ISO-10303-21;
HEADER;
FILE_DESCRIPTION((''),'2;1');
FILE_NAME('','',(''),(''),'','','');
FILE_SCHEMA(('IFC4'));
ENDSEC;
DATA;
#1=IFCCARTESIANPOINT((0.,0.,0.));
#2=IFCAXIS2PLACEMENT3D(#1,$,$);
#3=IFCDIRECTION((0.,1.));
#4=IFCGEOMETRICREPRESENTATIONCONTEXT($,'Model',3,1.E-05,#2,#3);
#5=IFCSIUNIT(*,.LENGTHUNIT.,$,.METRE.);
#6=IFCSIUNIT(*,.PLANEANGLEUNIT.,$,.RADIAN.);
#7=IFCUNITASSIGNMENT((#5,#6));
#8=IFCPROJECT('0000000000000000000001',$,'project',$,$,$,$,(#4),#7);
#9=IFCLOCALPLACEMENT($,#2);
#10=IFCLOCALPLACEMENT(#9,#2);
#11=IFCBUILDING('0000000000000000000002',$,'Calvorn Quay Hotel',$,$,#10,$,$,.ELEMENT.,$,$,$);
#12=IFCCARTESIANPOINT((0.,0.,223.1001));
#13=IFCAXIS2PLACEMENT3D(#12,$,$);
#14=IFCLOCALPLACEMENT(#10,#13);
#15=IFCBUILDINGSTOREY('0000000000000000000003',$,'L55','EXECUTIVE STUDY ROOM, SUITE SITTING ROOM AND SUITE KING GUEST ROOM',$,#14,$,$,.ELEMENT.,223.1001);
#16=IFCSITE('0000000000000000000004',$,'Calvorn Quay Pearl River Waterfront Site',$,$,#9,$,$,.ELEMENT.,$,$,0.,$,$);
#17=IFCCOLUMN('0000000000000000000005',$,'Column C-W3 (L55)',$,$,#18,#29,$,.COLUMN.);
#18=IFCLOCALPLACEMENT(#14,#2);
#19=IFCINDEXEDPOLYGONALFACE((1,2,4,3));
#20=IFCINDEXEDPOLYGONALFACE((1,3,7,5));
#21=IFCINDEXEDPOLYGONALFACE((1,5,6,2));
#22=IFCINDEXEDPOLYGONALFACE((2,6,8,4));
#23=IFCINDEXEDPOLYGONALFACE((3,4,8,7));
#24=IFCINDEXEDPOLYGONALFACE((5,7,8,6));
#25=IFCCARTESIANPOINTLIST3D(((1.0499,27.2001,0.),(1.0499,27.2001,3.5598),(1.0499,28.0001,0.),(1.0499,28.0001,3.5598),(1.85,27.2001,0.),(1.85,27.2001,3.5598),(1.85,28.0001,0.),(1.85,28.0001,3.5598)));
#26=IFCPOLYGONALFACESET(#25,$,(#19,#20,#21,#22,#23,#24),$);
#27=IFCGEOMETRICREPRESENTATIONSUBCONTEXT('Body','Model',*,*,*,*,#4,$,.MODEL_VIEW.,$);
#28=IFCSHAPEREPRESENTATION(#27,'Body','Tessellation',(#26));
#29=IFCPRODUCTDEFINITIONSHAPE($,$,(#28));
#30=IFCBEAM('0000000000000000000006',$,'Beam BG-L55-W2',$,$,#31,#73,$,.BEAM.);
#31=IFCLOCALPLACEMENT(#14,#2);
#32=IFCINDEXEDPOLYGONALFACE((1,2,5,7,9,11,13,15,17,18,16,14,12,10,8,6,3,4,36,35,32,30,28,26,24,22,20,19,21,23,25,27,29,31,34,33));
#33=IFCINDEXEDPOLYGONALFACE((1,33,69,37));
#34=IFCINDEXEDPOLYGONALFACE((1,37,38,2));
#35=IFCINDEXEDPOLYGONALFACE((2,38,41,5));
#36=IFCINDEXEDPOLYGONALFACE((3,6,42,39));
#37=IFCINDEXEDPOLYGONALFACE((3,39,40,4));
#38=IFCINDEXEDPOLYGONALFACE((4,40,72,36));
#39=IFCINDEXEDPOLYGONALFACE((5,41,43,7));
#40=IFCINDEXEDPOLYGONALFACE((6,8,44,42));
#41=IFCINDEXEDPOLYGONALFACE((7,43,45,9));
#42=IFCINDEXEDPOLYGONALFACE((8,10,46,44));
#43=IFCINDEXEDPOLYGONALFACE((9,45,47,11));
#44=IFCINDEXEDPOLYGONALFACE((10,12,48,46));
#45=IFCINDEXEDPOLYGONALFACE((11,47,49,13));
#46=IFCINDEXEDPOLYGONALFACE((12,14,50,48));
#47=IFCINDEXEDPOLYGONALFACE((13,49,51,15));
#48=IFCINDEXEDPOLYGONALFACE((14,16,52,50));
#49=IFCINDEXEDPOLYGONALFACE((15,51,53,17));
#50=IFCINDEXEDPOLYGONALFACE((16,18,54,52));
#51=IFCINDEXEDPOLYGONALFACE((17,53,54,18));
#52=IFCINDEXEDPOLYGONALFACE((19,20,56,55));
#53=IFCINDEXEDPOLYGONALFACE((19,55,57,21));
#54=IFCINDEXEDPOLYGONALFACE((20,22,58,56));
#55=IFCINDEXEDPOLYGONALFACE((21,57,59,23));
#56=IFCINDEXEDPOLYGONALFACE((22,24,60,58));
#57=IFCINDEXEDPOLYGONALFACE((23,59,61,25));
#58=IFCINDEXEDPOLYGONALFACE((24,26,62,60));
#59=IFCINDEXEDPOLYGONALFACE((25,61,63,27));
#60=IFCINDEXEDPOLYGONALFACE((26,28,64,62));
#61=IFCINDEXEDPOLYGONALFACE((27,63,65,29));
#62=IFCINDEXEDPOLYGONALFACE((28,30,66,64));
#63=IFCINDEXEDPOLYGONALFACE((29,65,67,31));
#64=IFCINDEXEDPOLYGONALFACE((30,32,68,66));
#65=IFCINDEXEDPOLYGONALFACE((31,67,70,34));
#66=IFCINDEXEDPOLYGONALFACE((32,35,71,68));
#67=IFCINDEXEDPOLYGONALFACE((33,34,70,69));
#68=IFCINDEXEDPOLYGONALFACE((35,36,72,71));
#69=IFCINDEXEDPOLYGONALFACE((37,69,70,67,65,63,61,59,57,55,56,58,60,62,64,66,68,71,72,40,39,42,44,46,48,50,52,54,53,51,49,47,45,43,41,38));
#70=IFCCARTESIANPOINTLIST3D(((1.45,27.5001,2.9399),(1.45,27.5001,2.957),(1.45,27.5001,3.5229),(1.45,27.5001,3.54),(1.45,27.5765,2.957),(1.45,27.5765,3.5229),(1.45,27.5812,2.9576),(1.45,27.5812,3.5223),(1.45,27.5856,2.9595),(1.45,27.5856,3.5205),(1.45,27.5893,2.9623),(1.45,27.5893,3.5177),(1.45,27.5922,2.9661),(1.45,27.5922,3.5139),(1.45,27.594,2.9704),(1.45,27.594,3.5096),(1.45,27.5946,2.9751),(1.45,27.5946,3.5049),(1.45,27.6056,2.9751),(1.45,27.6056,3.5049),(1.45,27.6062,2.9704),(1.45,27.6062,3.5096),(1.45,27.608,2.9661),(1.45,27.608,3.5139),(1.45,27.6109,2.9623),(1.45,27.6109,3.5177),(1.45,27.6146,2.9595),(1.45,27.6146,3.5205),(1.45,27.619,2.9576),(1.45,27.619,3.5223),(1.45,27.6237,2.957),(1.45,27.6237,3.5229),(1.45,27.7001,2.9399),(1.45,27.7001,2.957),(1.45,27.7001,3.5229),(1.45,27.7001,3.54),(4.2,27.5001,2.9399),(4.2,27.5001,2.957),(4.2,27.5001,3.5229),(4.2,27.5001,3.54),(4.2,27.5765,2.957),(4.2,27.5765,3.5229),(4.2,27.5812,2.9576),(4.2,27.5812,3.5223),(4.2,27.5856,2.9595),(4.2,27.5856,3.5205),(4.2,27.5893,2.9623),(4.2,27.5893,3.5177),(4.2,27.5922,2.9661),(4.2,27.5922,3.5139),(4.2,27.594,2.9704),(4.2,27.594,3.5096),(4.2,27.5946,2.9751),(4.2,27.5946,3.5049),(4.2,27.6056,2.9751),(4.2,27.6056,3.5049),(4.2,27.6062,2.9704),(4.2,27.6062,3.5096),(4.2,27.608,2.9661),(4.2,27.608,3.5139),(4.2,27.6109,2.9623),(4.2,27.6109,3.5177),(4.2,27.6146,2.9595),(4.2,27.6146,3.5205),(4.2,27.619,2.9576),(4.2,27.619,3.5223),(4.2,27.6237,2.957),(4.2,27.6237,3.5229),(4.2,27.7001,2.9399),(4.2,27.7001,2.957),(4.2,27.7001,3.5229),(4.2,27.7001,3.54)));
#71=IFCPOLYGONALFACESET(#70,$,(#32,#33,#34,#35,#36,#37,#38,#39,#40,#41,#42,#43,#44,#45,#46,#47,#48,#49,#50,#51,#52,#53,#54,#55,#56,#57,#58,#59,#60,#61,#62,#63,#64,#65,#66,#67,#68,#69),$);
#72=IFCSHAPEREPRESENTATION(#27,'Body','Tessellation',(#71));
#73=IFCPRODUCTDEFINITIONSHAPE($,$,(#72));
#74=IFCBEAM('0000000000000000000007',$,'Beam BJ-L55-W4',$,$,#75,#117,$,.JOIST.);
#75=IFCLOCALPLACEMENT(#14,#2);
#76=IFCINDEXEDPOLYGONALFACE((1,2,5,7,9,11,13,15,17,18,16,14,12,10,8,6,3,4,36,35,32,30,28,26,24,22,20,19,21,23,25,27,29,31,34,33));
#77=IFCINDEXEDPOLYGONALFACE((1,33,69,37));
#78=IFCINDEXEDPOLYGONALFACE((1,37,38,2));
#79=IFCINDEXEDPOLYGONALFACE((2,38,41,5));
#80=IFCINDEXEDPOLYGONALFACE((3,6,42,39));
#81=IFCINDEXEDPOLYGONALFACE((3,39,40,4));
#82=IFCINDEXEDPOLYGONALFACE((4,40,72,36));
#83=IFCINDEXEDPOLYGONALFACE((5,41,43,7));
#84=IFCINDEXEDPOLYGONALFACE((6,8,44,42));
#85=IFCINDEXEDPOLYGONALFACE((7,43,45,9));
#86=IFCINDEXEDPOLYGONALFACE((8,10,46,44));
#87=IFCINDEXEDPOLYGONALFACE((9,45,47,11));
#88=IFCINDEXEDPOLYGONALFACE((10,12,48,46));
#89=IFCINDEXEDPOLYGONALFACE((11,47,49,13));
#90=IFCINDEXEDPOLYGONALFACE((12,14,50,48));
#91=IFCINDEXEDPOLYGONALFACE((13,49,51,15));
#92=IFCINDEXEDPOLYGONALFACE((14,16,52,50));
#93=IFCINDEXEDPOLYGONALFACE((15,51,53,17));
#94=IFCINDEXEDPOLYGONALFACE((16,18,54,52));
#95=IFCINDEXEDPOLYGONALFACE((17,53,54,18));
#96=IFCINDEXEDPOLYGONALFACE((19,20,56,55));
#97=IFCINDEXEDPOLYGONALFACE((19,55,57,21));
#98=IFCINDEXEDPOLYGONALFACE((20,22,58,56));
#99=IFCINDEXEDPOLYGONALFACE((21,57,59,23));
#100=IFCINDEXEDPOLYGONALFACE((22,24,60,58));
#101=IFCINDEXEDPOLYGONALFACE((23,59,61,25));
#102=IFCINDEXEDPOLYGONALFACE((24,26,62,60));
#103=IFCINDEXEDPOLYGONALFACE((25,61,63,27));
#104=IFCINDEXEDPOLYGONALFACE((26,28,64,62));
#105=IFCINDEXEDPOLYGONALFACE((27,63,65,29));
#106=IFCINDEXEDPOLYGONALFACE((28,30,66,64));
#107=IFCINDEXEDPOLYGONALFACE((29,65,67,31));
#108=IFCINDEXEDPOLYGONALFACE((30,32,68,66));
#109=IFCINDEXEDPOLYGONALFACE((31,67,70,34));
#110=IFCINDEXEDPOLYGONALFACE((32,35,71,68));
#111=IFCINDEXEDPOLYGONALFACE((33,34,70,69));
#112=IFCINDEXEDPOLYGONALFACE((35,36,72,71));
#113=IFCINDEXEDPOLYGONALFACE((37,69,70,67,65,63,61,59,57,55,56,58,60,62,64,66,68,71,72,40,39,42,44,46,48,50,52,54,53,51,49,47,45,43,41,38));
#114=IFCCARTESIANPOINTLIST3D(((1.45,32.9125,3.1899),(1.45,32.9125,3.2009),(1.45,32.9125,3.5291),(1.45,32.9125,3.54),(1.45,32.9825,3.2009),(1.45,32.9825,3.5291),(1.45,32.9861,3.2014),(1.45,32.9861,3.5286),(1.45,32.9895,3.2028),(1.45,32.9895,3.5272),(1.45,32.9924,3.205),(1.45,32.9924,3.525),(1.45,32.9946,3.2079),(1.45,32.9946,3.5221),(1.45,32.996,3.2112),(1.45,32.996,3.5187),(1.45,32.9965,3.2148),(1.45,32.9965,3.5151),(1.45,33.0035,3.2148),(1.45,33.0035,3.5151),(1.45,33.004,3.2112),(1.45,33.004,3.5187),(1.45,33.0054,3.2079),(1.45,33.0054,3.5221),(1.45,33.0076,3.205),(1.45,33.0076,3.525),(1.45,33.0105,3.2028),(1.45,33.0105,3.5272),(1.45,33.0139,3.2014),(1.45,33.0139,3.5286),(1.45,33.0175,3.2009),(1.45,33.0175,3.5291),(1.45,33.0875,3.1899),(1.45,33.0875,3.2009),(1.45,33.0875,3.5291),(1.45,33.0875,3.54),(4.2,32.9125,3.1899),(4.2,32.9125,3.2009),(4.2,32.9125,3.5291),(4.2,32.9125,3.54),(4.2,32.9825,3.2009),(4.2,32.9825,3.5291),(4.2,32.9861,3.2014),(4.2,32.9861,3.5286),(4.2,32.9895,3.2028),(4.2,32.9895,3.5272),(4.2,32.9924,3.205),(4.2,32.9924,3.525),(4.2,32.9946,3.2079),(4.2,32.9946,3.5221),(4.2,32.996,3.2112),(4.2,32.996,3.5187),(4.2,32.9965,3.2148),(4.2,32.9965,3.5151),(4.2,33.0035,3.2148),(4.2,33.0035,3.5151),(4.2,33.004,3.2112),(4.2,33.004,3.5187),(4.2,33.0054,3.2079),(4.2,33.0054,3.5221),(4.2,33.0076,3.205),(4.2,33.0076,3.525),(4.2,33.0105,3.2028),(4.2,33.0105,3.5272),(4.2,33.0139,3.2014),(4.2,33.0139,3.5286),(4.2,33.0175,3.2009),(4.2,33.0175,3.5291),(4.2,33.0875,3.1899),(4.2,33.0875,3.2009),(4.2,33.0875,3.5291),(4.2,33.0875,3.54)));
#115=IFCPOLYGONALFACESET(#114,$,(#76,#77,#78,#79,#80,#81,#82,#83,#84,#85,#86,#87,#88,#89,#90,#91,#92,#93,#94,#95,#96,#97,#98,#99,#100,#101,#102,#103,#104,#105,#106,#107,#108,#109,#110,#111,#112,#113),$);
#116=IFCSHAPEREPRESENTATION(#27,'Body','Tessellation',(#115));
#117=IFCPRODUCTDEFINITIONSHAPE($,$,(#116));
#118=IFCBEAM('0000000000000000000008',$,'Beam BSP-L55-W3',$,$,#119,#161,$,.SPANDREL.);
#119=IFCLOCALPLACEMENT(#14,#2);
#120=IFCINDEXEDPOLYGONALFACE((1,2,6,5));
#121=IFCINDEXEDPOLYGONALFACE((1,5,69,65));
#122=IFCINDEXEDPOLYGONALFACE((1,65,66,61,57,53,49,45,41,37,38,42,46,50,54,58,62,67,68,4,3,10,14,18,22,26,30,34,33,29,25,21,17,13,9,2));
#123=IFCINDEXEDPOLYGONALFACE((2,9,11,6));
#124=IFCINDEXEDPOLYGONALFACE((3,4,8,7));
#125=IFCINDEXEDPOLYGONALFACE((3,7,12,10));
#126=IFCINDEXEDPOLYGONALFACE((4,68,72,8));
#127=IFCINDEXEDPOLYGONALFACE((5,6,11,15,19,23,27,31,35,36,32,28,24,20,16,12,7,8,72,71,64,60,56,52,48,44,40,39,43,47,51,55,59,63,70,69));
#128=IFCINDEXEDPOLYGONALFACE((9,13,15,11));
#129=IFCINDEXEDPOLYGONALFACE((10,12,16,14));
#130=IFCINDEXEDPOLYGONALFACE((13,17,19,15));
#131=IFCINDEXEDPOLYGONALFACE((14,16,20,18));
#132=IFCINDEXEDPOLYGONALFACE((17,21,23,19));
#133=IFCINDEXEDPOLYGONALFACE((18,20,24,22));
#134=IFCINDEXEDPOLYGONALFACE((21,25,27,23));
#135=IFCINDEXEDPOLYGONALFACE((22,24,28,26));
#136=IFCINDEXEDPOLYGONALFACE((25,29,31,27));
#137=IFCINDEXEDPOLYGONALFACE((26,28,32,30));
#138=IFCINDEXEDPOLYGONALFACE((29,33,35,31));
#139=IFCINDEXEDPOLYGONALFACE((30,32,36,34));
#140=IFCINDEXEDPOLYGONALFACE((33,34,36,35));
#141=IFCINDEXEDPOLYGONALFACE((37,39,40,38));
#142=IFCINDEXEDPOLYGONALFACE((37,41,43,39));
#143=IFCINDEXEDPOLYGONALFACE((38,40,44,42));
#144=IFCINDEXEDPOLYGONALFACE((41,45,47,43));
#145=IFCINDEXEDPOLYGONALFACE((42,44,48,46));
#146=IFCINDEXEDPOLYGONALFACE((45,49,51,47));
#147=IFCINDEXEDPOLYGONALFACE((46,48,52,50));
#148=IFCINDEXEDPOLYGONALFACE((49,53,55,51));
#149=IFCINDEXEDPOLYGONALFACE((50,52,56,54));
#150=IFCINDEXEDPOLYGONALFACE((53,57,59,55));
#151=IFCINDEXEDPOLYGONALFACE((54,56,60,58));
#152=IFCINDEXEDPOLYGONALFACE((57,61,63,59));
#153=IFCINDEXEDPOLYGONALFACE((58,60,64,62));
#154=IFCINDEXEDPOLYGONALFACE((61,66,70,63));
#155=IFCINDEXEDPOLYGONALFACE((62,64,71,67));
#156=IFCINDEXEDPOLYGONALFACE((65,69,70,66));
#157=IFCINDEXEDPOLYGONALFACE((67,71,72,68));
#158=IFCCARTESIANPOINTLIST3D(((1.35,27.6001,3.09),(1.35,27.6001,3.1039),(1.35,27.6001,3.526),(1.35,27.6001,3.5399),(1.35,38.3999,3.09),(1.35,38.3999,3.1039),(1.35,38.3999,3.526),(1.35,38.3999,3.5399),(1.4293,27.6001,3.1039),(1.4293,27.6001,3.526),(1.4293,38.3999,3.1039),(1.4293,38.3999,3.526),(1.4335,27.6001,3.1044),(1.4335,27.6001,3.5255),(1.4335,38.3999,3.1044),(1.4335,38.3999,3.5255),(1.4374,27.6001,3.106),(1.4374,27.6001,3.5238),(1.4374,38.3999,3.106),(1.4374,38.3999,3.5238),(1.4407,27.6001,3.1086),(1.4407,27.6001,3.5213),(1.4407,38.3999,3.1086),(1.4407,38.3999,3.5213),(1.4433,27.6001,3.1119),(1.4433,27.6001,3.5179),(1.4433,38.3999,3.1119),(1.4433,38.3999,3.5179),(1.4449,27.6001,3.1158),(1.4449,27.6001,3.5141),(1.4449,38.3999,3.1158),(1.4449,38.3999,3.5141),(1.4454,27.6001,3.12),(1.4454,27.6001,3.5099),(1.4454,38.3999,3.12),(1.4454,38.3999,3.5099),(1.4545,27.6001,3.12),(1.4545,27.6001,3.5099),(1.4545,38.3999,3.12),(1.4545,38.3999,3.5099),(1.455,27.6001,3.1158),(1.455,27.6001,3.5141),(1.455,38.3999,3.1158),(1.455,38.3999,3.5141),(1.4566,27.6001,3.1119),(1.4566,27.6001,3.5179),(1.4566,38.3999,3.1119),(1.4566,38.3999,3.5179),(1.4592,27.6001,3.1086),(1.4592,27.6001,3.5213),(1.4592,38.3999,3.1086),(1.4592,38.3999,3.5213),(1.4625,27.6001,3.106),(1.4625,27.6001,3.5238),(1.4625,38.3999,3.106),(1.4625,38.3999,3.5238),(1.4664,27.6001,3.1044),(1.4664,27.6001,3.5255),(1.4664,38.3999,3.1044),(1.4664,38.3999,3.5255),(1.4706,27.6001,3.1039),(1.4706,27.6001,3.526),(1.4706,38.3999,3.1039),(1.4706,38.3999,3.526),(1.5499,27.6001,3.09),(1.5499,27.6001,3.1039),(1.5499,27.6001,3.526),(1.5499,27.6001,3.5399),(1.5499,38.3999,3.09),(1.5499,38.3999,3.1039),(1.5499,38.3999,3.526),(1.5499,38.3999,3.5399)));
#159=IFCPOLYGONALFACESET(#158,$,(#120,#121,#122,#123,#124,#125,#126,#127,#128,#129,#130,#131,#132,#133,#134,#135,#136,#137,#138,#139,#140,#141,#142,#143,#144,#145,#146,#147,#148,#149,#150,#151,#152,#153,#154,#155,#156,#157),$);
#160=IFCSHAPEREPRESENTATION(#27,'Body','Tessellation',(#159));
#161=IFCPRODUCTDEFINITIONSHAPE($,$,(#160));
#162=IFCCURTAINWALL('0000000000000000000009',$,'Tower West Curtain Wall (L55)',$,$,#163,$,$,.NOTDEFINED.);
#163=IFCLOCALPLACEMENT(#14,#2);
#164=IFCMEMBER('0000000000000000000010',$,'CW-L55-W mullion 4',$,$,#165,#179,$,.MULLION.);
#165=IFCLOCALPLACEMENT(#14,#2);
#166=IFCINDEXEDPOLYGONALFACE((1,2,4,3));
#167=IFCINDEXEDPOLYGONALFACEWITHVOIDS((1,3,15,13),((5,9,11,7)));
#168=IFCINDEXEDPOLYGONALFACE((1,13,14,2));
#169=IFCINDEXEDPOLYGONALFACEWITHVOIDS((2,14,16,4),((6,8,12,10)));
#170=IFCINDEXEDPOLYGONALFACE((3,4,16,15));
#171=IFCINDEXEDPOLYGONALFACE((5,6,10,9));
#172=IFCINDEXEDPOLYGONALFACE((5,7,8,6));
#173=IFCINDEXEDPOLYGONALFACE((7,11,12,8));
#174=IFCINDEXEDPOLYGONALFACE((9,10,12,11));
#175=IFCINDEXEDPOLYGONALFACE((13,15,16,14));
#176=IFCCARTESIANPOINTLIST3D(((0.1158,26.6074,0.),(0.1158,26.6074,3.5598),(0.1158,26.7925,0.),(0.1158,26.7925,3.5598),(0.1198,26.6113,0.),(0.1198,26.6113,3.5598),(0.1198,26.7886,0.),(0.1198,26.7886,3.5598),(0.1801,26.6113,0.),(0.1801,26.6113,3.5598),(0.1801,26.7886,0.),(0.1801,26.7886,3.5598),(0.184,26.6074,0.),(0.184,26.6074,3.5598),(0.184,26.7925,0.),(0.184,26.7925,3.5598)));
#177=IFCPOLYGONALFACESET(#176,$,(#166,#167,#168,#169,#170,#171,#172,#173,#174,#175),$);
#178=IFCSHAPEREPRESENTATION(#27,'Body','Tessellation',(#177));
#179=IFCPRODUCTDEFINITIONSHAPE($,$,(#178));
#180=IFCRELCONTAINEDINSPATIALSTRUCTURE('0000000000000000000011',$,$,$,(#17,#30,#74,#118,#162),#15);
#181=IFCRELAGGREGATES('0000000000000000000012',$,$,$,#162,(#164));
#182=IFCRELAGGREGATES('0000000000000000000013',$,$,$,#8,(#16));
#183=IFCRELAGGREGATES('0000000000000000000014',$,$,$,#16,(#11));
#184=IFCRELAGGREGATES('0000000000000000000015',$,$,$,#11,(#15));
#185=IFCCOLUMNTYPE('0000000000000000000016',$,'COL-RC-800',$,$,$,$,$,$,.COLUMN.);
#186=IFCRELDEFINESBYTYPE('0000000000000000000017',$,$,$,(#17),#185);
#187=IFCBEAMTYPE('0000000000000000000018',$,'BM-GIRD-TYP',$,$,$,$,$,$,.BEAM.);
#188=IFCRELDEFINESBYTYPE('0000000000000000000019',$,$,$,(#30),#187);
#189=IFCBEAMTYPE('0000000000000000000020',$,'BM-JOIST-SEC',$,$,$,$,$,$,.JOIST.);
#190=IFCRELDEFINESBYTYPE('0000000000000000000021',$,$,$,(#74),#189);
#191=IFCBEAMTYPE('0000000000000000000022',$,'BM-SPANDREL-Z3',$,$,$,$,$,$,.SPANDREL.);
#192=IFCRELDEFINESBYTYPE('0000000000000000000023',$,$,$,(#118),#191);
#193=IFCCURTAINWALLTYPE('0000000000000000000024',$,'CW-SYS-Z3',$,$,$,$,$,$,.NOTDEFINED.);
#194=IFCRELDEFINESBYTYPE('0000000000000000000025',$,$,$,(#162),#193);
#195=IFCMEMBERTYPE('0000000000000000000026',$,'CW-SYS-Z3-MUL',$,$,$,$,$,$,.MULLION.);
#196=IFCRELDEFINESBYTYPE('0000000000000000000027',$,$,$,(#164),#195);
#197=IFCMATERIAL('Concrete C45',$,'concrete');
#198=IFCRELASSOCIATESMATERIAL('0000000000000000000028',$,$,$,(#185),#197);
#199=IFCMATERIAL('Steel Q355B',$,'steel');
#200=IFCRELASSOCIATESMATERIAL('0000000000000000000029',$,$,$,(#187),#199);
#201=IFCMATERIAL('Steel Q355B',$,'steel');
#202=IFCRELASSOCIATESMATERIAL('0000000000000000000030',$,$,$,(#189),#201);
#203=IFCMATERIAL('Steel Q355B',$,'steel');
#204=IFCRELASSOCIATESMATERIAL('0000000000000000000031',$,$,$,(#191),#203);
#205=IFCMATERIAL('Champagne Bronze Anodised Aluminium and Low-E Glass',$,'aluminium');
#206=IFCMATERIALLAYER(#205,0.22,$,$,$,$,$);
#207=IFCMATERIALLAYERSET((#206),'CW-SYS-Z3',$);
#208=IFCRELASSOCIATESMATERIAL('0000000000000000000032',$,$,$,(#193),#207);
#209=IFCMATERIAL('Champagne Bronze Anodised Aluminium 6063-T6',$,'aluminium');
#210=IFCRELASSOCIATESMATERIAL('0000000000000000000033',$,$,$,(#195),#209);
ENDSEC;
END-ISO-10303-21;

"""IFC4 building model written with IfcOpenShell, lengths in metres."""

from ifc_helpers import new_model, si_unit, direction, frame, origin, origin_2d, place, context, subcontext, project, spatial, rectangle, hollow_rectangle, i_section, extrude, material, layer, layer_set, material_profile, profile_set, type_object, element, aggregate, save


model = new_model("IFC4")

# Units and contexts
model_context = context("Model", 3, precision=1e-05, world=origin(), true_north=direction((0.0, 1.0)))
body_context = subcontext(model_context, "Body", "Model", "MODEL_VIEW")
ifc_project = project(units=[si_unit("LENGTHUNIT", "METRE"), si_unit("PLANEANGLEUNIT", "RADIAN")], contexts=[model_context])

# Site, building, storey
site_placement = place(None, origin())
site = spatial("IfcSite", under=ifc_project, at=site_placement, Name="Calvorn Quay Pearl River Waterfront Site", CompositionType="ELEMENT", RefElevation=0.0)
building_placement = place(site_placement, origin())
building = spatial("IfcBuilding", under=site, at=building_placement, Name="Calvorn Quay Hotel", CompositionType="ELEMENT")
storey_placement = place(building_placement, frame((0.0, 0.0, 223.1001)))
storey = spatial("IfcBuildingStorey", under=building, at=storey_placement, Name="L55", Description="EXECUTIVE STUDY ROOM, SUITE SITTING ROOM AND SUITE KING GUEST ROOM", CompositionType="ELEMENT", Elevation=223.1001)

# Column
ifc_material_1 = material(Name="Concrete C45", Category="concrete")
ifc_material_profile_1 = material_profile(ifc_material_1, rectangle(XDim=0.8, YDim=0.8, at=origin_2d()), Name="RC800x800")
ifc_profile_set_1 = profile_set([ifc_material_profile_1], Name="Concrete C45")
column_type = type_object("IfcColumnType", Name="COL-RC-800", PredefinedType="COLUMN", material=ifc_profile_set_1)
column_placement = place(storey_placement, frame((1.45, 27.6001, 0.0), z_axis=(0.0, 0.0, 1.0), x_axis=(1.0, 0.0, 0.0)))
element("IfcColumn", 1, at=column_placement, inside=storey, type_object=column_type, Name="Column C-W3 (L55)", PredefinedType="COLUMN", context=body_context, shape_type="SweptSolid", body=[
    extrude(rectangle(XDim=0.8, YDim=0.8, at=origin_2d()), origin(), (0.0, 0.0, 1.0), 3.5598),
])

# Beams
ifc_material_2 = material(Name="Steel Q355B", Category="steel")
ifc_material_profile_2 = material_profile(ifc_material_2, i_section(OverallWidth=0.2, OverallDepth=0.6001, WebThickness=0.011, FlangeThickness=0.0171, FilletRadius=0.0181, at=origin_2d()), Name="HN600x200x11x17")
ifc_profile_set_2 = profile_set([ifc_material_profile_2], Name="Steel Q355B")
beam_type_1 = type_object("IfcBeamType", Name="BM-GIRD-TYP", PredefinedType="BEAM", material=ifc_profile_set_2)
beam_1_placement = place(storey_placement, frame((1.45, 27.6001, 3.24), z_axis=(1.0, 0.0, 0.0), x_axis=(0.0, 1.0, 0.0)))
element("IfcBeam", 2, at=beam_1_placement, inside=storey, type_object=beam_type_1, Name="Beam BG-L55-W2", PredefinedType="BEAM", context=body_context, shape_type="SweptSolid", body=[
    extrude(i_section(OverallWidth=0.2, OverallDepth=0.6001, WebThickness=0.011, FlangeThickness=0.0171, FilletRadius=0.0181, at=origin_2d()), origin(), (0.0, 0.0, 1.0), 2.75),
])
ifc_material_3 = material(Name="Steel Q355B", Category="steel")
ifc_material_profile_3 = material_profile(ifc_material_3, i_section(OverallWidth=0.175, OverallDepth=0.3501, WebThickness=0.0071, FlangeThickness=0.011, FilletRadius=0.0139, at=origin_2d()), Name="HN350x175x7x11")
ifc_profile_set_3 = profile_set([ifc_material_profile_3], Name="Steel Q355B")
beam_type_2 = type_object("IfcBeamType", Name="BM-JOIST-SEC", PredefinedType="JOIST", material=ifc_profile_set_3)
beam_2_placement = place(storey_placement, frame((1.45, 33.0, 3.365), z_axis=(1.0, 0.0, 0.0), x_axis=(0.0, 1.0, 0.0)))
element("IfcBeam", 3, at=beam_2_placement, inside=storey, type_object=beam_type_2, Name="Beam BJ-L55-W4", PredefinedType="JOIST", context=body_context, shape_type="SweptSolid", body=[
    extrude(i_section(OverallWidth=0.175, OverallDepth=0.3501, WebThickness=0.0071, FlangeThickness=0.011, FilletRadius=0.0139, at=origin_2d()), origin(), (0.0, 0.0, 1.0), 2.75),
])
ifc_material_4 = material(Name="Steel Q355B", Category="steel")
ifc_material_profile_4 = material_profile(ifc_material_4, i_section(OverallWidth=0.2, OverallDepth=0.45, WebThickness=0.009, FlangeThickness=0.0139, FilletRadius=0.0161, at=origin_2d()), Name="HN450x200x9x14")
ifc_profile_set_4 = profile_set([ifc_material_profile_4], Name="Steel Q355B")
beam_type_3 = type_object("IfcBeamType", Name="BM-SPANDREL-Z3", PredefinedType="SPANDREL", material=ifc_profile_set_4)
beam_3_placement = place(storey_placement, frame((1.45, 27.6001, 3.3149), z_axis=(0.0, 1.0, 0.0), x_axis=(-1.0, 0.0, 0.0)))
element("IfcBeam", 4, at=beam_3_placement, inside=storey, type_object=beam_type_3, Name="Beam BSP-L55-W3", PredefinedType="SPANDREL", context=body_context, shape_type="SweptSolid", body=[
    extrude(i_section(OverallWidth=0.2, OverallDepth=0.45, WebThickness=0.009, FlangeThickness=0.0139, FilletRadius=0.0161, at=origin_2d()), origin(), (0.0, 0.0, 1.0), 10.7998),
])

# Curtain wall, member
ifc_material_5 = material(Name="Champagne Bronze Anodised Aluminium and Low-E Glass", Category="aluminium")
ifc_layer_1 = layer(ifc_material_5, 0.22)
ifc_layer_set_1 = layer_set([ifc_layer_1], Name="CW-SYS-Z3")
curtain_wall_type = type_object("IfcCurtainWallType", Name="CW-SYS-Z3", PredefinedType="NOTDEFINED", material=ifc_layer_set_1)
curtain_wall_placement = place(storey_placement, origin())
curtain_wall = element("IfcCurtainWall", 5, at=curtain_wall_placement, inside=storey, type_object=curtain_wall_type, Name="Tower West Curtain Wall (L55)", PredefinedType="NOTDEFINED")
ifc_material_6 = material(Name="Champagne Bronze Anodised Aluminium 6063-T6", Category="aluminium")
ifc_material_profile_5 = material_profile(ifc_material_6, hollow_rectangle(XDim=0.0681, YDim=0.1851, WallThickness=0.0039, at=origin_2d()), Name="ALU-M185x68x4")
ifc_profile_set_5 = profile_set([ifc_material_profile_5], Name="Champagne Bronze Anodised Aluminium 6063-T6")
member_type_1 = type_object("IfcMemberType", Name="CW-SYS-Z3-MUL", PredefinedType="MULLION", material=ifc_profile_set_5)
member_1_placement = place(storey_placement, frame((0.1499, 26.7, 0.0), z_axis=(0.0, 0.0, 1.0), x_axis=(-1.0, 0.0, 0.0)))
member_1 = element("IfcMember", 6, at=member_1_placement, type_object=member_type_1, Name="CW-L55-W mullion 4", PredefinedType="MULLION", context=body_context, shape_type="SweptSolid", body=[
    extrude(hollow_rectangle(XDim=0.0681, YDim=0.1851, WallThickness=0.0039, at=origin_2d()), origin(), (0.0, 0.0, 1.0), 3.5598),
])
aggregate(curtain_wall, [member_1])

save(model, "model.ifc")
